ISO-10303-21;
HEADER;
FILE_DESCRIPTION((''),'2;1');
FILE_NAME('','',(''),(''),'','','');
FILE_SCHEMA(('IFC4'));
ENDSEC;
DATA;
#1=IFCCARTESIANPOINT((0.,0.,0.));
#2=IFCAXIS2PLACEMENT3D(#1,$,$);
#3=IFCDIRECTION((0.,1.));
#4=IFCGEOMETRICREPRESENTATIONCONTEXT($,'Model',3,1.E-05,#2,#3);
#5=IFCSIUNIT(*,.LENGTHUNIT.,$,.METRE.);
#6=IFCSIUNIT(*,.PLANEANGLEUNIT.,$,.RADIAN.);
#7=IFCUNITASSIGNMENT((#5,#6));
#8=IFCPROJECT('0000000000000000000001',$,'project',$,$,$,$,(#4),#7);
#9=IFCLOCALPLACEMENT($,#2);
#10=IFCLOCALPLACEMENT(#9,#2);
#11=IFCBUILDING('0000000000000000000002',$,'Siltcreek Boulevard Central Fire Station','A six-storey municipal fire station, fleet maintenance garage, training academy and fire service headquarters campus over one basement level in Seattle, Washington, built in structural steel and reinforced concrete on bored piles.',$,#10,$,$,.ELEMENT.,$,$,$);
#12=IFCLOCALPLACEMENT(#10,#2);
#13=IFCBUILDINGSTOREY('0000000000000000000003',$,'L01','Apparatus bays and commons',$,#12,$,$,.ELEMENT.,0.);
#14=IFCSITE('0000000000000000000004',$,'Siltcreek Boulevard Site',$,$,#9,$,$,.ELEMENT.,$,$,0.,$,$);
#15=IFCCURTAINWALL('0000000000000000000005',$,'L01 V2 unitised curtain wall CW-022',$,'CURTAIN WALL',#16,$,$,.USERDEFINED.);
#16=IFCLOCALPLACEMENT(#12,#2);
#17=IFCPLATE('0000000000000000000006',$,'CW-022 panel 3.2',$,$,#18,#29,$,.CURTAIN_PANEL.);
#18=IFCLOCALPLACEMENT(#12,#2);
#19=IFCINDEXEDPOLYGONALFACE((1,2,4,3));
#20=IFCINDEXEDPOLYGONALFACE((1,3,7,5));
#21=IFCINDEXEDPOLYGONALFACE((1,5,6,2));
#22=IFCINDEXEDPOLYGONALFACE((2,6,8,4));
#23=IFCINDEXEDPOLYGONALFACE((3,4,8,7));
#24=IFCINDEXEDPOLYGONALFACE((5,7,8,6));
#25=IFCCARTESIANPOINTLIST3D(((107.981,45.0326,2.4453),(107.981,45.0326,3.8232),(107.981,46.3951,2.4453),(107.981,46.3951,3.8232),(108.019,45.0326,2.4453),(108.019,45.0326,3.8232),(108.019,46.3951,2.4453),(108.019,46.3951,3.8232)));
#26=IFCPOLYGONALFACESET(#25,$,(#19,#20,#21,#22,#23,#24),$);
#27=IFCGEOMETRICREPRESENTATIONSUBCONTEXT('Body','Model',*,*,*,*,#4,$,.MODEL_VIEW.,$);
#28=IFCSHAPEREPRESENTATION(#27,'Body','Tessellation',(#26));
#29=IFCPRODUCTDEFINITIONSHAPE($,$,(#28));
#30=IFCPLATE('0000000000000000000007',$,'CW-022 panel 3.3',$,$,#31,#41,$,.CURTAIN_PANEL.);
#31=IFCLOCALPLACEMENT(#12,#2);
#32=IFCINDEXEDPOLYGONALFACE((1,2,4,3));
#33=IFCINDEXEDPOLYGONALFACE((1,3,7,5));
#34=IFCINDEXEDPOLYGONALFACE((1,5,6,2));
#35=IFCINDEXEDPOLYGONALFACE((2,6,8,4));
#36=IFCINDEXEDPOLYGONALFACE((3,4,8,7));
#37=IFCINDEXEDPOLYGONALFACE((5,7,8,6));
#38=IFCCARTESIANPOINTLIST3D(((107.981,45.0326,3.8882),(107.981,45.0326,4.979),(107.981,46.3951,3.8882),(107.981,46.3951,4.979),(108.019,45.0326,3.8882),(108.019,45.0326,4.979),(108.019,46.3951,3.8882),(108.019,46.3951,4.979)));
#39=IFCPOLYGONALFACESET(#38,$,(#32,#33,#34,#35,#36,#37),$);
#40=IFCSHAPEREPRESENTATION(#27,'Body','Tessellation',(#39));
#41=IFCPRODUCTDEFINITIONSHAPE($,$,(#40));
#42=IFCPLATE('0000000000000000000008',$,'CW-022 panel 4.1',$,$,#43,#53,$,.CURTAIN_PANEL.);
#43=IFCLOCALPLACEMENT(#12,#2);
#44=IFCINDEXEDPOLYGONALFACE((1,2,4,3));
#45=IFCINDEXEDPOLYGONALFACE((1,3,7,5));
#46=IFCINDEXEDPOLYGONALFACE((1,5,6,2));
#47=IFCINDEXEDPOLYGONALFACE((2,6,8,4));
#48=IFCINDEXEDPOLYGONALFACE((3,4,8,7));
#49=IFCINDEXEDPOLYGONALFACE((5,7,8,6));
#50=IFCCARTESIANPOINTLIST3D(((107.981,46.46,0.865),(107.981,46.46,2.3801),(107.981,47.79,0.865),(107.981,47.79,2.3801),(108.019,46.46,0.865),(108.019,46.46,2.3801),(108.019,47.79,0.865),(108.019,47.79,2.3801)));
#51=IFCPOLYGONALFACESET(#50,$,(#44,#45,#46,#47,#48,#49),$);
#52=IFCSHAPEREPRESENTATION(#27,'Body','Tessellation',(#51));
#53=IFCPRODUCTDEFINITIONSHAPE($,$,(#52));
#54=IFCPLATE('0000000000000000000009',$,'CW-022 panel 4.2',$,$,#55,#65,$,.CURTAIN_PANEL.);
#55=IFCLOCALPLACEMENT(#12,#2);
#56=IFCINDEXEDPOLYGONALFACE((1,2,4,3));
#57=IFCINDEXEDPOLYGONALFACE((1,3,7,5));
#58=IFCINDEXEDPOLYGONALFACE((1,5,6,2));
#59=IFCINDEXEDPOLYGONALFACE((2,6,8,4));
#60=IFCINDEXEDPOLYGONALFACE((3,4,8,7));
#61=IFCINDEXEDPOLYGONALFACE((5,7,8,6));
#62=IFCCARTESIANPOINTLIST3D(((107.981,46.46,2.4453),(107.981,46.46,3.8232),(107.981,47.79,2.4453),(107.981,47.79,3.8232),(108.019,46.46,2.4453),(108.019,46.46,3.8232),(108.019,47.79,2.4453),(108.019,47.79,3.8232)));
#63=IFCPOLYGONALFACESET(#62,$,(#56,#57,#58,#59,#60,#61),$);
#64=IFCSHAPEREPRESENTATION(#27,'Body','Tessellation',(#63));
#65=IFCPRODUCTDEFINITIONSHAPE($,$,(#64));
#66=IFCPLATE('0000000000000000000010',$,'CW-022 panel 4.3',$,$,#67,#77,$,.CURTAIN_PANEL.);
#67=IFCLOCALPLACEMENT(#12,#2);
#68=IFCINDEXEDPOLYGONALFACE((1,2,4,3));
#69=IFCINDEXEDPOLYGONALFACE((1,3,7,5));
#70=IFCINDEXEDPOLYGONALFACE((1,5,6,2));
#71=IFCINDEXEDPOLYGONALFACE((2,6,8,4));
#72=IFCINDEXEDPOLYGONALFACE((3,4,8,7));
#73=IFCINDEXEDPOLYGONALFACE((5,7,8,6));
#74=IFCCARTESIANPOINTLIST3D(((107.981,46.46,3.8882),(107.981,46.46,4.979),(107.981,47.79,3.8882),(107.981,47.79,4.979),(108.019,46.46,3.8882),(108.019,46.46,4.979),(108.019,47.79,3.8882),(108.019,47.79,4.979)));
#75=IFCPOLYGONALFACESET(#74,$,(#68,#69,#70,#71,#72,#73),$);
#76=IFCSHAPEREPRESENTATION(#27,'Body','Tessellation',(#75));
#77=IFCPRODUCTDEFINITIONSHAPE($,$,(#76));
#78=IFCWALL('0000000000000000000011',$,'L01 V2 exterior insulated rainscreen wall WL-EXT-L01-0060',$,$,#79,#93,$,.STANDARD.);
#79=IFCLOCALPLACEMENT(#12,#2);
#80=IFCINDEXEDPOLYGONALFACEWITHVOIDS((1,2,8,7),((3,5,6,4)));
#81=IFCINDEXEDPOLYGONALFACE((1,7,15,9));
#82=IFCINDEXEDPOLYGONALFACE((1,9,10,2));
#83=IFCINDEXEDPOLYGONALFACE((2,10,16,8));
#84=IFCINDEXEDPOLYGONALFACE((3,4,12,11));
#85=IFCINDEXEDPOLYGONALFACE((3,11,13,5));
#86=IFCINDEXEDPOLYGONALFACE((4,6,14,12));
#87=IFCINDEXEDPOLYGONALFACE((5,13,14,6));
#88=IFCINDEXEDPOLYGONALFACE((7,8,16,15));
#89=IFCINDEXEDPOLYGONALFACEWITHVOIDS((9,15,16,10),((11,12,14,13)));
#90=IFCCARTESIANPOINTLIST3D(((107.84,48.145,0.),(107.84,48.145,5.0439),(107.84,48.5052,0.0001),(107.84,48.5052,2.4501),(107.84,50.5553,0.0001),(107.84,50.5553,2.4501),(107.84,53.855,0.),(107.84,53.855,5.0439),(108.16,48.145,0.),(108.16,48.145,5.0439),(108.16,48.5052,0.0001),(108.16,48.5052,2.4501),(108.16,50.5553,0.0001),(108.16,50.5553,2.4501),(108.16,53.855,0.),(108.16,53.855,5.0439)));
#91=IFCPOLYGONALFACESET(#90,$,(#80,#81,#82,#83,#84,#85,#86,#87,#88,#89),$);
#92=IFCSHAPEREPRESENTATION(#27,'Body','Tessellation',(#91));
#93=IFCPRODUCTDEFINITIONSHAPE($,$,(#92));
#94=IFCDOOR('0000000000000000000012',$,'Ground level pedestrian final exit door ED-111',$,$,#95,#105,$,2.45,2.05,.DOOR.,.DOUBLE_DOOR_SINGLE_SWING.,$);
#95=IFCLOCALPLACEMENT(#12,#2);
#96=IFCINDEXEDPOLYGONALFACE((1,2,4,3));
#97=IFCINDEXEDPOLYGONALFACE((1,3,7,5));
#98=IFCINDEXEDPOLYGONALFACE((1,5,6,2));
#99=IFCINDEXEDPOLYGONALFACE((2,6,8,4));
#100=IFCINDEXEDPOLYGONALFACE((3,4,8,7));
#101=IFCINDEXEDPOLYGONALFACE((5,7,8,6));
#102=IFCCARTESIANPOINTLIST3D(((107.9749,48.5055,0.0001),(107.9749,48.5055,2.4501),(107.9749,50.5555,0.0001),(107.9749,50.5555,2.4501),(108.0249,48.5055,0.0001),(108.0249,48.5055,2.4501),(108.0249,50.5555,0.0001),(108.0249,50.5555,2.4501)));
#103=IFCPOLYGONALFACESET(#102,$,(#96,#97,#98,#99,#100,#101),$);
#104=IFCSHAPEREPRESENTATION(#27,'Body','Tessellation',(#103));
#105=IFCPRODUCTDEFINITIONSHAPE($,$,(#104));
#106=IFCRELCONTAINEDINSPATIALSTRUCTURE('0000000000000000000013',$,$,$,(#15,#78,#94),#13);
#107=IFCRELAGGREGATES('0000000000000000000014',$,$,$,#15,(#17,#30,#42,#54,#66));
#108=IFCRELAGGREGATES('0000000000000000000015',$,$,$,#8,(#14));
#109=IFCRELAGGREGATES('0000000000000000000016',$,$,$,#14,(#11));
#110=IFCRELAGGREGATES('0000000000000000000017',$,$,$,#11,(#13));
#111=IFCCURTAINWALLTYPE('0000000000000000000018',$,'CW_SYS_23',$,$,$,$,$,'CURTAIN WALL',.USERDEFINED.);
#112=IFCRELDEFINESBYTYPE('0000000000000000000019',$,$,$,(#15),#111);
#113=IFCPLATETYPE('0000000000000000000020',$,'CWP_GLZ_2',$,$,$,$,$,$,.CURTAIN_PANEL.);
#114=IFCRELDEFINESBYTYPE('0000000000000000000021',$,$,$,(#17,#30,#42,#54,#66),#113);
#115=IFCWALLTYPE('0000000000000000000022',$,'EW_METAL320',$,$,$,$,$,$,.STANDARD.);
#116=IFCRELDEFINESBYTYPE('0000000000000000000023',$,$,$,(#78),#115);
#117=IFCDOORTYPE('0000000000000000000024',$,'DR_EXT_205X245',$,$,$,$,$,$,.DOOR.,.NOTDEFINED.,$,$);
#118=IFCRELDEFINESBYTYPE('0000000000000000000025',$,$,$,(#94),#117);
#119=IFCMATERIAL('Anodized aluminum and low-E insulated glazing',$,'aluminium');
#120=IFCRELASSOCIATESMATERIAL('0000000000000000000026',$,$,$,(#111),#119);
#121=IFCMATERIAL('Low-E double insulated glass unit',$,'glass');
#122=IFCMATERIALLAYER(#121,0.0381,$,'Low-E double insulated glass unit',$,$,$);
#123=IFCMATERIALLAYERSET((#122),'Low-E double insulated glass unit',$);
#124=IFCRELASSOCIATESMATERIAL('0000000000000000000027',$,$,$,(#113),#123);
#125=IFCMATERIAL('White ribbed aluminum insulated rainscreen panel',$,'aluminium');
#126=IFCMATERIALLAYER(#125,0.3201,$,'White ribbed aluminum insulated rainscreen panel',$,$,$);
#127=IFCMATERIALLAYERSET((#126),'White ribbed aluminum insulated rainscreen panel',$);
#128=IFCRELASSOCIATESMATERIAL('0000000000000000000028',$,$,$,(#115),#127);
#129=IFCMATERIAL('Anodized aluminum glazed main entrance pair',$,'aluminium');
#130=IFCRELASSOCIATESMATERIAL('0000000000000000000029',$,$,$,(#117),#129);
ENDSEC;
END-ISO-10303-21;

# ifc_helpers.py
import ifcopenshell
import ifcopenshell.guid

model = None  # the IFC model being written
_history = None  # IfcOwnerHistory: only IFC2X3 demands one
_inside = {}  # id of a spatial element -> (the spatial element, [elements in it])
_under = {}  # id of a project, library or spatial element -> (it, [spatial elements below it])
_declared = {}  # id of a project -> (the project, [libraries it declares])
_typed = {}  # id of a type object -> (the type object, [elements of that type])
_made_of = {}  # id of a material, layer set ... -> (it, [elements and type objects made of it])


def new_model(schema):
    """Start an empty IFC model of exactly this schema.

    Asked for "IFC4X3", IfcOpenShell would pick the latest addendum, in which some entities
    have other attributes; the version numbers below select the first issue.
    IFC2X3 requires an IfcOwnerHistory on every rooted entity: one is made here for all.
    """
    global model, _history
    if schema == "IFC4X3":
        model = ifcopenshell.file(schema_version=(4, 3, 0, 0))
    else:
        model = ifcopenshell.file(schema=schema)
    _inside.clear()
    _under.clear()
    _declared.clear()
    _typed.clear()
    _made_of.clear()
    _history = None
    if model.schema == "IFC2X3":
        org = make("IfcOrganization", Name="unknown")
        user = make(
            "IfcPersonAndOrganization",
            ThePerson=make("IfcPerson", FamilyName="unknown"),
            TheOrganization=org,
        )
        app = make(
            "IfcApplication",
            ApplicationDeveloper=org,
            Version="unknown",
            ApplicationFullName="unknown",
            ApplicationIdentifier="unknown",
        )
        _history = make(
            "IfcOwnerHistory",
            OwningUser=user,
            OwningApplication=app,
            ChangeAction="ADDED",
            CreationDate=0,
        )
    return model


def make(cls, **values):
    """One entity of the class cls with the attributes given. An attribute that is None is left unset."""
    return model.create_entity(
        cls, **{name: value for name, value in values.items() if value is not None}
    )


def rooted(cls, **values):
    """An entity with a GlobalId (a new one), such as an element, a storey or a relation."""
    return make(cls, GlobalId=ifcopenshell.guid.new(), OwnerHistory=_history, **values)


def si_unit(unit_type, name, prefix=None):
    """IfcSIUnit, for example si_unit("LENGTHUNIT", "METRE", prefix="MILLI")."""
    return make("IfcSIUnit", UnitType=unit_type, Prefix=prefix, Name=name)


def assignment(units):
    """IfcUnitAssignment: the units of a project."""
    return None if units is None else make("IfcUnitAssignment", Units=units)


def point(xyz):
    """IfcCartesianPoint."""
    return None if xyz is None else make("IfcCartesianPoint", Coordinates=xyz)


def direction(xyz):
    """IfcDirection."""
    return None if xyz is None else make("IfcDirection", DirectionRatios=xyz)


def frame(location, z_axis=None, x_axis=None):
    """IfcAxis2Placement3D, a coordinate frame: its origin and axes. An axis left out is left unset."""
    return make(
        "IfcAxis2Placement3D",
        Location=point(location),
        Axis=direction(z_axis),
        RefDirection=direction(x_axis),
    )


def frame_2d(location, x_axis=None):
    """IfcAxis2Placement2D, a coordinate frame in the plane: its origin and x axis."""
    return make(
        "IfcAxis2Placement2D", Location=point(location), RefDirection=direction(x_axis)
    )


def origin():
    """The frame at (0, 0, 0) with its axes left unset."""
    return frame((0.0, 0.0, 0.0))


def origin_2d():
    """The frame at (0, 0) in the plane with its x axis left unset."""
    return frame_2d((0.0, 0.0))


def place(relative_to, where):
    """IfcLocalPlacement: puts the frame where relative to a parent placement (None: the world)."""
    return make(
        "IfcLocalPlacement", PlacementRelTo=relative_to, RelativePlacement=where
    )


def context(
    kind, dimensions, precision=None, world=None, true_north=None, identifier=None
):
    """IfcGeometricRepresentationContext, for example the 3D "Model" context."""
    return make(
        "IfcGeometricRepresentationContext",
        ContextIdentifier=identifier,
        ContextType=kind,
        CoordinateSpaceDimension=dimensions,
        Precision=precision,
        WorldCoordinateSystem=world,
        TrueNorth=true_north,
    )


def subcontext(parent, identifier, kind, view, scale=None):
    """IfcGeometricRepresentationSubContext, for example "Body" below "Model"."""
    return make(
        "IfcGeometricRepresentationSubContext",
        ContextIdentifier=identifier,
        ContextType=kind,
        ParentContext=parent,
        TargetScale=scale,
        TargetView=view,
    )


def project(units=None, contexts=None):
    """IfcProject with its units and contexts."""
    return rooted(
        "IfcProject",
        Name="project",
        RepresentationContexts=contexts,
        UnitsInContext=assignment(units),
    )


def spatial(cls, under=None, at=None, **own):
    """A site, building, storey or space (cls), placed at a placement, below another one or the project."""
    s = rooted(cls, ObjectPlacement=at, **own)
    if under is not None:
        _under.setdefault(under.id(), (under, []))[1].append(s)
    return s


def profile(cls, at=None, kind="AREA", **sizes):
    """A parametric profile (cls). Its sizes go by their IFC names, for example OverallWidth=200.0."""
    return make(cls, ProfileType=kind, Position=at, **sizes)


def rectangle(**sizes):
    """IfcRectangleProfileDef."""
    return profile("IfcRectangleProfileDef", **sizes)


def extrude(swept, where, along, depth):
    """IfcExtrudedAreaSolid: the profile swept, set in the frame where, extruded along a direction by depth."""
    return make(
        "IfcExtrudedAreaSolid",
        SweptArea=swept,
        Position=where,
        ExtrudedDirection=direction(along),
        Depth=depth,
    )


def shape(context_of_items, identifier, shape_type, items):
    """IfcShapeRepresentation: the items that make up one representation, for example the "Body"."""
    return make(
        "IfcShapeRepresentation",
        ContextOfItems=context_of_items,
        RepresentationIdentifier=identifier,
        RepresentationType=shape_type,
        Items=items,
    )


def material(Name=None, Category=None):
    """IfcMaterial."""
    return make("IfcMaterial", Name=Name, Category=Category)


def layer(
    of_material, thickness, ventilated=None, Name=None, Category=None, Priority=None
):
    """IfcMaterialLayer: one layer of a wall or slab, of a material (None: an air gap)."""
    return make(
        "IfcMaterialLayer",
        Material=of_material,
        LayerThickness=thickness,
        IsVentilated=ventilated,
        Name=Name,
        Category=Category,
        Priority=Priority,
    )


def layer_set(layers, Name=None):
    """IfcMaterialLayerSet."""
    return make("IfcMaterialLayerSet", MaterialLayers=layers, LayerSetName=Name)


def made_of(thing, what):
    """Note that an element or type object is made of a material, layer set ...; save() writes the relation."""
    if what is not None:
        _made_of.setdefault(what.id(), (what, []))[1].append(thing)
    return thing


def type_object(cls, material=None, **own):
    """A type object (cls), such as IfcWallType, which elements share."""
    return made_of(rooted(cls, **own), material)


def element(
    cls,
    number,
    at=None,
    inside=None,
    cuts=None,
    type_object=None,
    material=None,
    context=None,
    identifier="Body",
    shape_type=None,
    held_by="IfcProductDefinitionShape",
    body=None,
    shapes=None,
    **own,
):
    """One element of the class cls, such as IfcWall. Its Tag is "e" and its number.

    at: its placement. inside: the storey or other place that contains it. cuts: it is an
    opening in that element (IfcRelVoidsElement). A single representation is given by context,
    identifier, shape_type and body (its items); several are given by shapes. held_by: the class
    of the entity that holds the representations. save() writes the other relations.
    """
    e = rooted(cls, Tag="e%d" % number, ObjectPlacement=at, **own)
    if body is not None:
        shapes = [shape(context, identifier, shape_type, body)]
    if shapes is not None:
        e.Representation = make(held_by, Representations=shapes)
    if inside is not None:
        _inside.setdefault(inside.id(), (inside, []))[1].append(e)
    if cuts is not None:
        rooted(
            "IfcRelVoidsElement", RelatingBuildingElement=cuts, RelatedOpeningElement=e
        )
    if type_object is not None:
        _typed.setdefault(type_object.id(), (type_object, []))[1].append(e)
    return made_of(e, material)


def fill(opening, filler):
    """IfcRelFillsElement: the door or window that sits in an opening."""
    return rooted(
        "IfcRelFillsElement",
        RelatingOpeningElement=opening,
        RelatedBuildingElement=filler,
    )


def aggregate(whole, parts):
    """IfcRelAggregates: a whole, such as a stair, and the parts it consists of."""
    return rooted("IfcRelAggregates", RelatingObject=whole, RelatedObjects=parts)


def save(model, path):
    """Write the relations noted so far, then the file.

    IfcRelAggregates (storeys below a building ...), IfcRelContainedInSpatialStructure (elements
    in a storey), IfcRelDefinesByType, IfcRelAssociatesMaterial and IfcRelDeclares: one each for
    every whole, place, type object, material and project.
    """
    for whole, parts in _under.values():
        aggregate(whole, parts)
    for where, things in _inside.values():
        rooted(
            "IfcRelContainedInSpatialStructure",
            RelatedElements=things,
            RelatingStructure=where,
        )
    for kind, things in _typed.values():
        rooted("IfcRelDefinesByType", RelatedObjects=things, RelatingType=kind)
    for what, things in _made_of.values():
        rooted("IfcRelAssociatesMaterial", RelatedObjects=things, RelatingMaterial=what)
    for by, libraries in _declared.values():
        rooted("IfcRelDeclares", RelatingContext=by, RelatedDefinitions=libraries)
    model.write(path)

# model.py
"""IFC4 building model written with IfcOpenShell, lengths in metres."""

from ifc_helpers import new_model, si_unit, direction, frame, frame_2d, origin, origin_2d, place, context, subcontext, project, spatial, rectangle, extrude, material, layer, layer_set, type_object, element, fill, aggregate, save


model = new_model("IFC4")

# Units and contexts
model_context = context("Model", 3, precision=1e-05, world=origin(), true_north=direction((0.0, 1.0)))
body_context = subcontext(model_context, "Body", "Model", "MODEL_VIEW")
ifc_project = project(units=[si_unit("LENGTHUNIT", "METRE"), si_unit("PLANEANGLEUNIT", "RADIAN")], contexts=[model_context])

# Site, building, storey
site_placement = place(None, origin())
site = spatial("IfcSite", under=ifc_project, at=site_placement, Name="Siltcreek Boulevard Site", CompositionType="ELEMENT", RefElevation=0.0)
building_placement = place(site_placement, origin())
building = spatial("IfcBuilding", under=site, at=building_placement, Name="Siltcreek Boulevard Central Fire Station", Description="A six-storey municipal fire station, fleet maintenance garage, training academy and fire service headquarters campus over one basement level in Seattle, Washington, built in structural steel and reinforced concrete on bored piles.", CompositionType="ELEMENT")
storey_placement = place(building_placement, origin())
storey = spatial("IfcBuildingStorey", under=building, at=storey_placement, Name="L01", Description="Apparatus bays and commons", CompositionType="ELEMENT", Elevation=0.0)

# Curtain wall
ifc_material_1 = material(Name="Anodized aluminum and low-E insulated glazing", Category="aluminium")
curtain_wall_type = type_object("IfcCurtainWallType", Name="CW_SYS_23", ElementType="CURTAIN WALL", PredefinedType="USERDEFINED", material=ifc_material_1)
curtain_wall_placement = place(storey_placement, origin())
curtain_wall = element("IfcCurtainWall", 1, at=curtain_wall_placement, inside=storey, type_object=curtain_wall_type, Name="L01 V2 unitised curtain wall CW-022", ObjectType="CURTAIN WALL", PredefinedType="USERDEFINED")

# Plates
ifc_material_2 = material(Name="Low-E double insulated glass unit", Category="glass")
ifc_layer_1 = layer(ifc_material_2, 0.0381, Name="Low-E double insulated glass unit")
ifc_layer_set_1 = layer_set([ifc_layer_1], Name="Low-E double insulated glass unit")
plate_type = type_object("IfcPlateType", Name="CWP_GLZ_2", PredefinedType="CURTAIN_PANEL", material=ifc_layer_set_1)
plate_1_placement = place(storey_placement, frame((108.0, 45.7139, 2.4453), z_axis=(0.0, 0.0, 1.0), x_axis=(0.0, 1.0, 0.0)))
plate_1 = element("IfcPlate", 2, at=plate_1_placement, type_object=plate_type, Name="CW-022 panel 3.2", PredefinedType="CURTAIN_PANEL", context=body_context, shape_type="SweptSolid", body=[
    extrude(rectangle(XDim=1.3625, YDim=0.0381, at=origin_2d()), origin(), (0.0, 0.0, 1.0), 1.3779),
])
plate_2_placement = place(storey_placement, frame((108.0, 45.7139, 3.8882), z_axis=(0.0, 0.0, 1.0), x_axis=(0.0, 1.0, 0.0)))
plate_2 = element("IfcPlate", 3, at=plate_2_placement, type_object=plate_type, Name="CW-022 panel 3.3", PredefinedType="CURTAIN_PANEL", context=body_context, shape_type="SweptSolid", body=[
    extrude(rectangle(XDim=1.3625, YDim=0.0381, at=origin_2d()), origin(), (0.0, 0.0, 1.0), 1.0908),
])
plate_3_placement = place(storey_placement, frame((108.0, 47.125, 0.865), z_axis=(0.0, 0.0, 1.0), x_axis=(0.0, 1.0, 0.0)))
plate_3 = element("IfcPlate", 4, at=plate_3_placement, type_object=plate_type, Name="CW-022 panel 4.1", PredefinedType="CURTAIN_PANEL", context=body_context, shape_type="SweptSolid", body=[
    extrude(rectangle(XDim=1.3301, YDim=0.0381, at=origin_2d()), origin(), (0.0, 0.0, 1.0), 1.5151),
])
plate_4_placement = place(storey_placement, frame((108.0, 47.125, 2.4453), z_axis=(0.0, 0.0, 1.0), x_axis=(0.0, 1.0, 0.0)))
plate_4 = element("IfcPlate", 5, at=plate_4_placement, type_object=plate_type, Name="CW-022 panel 4.2", PredefinedType="CURTAIN_PANEL", context=body_context, shape_type="SweptSolid", body=[
    extrude(rectangle(XDim=1.3301, YDim=0.0381, at=origin_2d()), origin(), (0.0, 0.0, 1.0), 1.3779),
])
plate_5_placement = place(storey_placement, frame((108.0, 47.125, 3.8882), z_axis=(0.0, 0.0, 1.0), x_axis=(0.0, 1.0, 0.0)))
plate_5 = element("IfcPlate", 6, at=plate_5_placement, type_object=plate_type, Name="CW-022 panel 4.3", PredefinedType="CURTAIN_PANEL", context=body_context, shape_type="SweptSolid", body=[
    extrude(rectangle(XDim=1.3301, YDim=0.0381, at=origin_2d()), origin(), (0.0, 0.0, 1.0), 1.0908),
])
aggregate(curtain_wall, [plate_1, plate_2, plate_3, plate_4, plate_5])

# Wall, opening, door
ifc_material_3 = material(Name="White ribbed aluminum insulated rainscreen panel", Category="aluminium")
ifc_layer_2 = layer(ifc_material_3, 0.3201, Name="White ribbed aluminum insulated rainscreen panel")
ifc_layer_set_2 = layer_set([ifc_layer_2], Name="White ribbed aluminum insulated rainscreen panel")
wall_type = type_object("IfcWallType", Name="EW_METAL320", PredefinedType="STANDARD", material=ifc_layer_set_2)
wall_placement = place(storey_placement, frame((108.0, 48.145, 0.0), z_axis=(0.0, 0.0, 1.0), x_axis=(0.0, 1.0, 0.0)))
wall = element("IfcWall", 7, at=wall_placement, inside=storey, type_object=wall_type, Name="L01 V2 exterior insulated rainscreen wall WL-EXT-L01-0060", PredefinedType="STANDARD", context=body_context, shape_type="SweptSolid", body=[
    extrude(rectangle(XDim=5.71, YDim=0.3201, at=frame_2d((2.855, 0.0))), origin(), (0.0, 0.0, 1.0), 5.0439),
])
opening_placement = place(wall_placement, frame((0.3604, 0.0, 0.0)))
opening = element("IfcOpeningElement", 8, at=opening_placement, cuts=wall, PredefinedType="OPENING", context=body_context, shape_type="SweptSolid", body=[
    extrude(rectangle(XDim=2.05, YDim=2.45, at=frame_2d((1.0249, 1.2251))), frame((0.0, 0.1699, 0.0), z_axis=(0.0, -1.0, 0.0), x_axis=(1.0, 0.0, 0.0)), (0.0, 0.0, 1.0), 0.3401),
])
ifc_material_4 = material(Name="Anodized aluminum glazed main entrance pair", Category="aluminium")
door_type = type_object("IfcDoorType", Name="DR_EXT_205X245", OperationType="NOTDEFINED", PredefinedType="DOOR", material=ifc_material_4)
door_placement = place(opening_placement, frame((2.05, 0.0, 0.0), z_axis=(0.0, 0.0, 1.0), x_axis=(-1.0, 0.0, 0.0)))
door = element("IfcDoor", 9, at=door_placement, inside=storey, type_object=door_type, Name="Ground level pedestrian final exit door ED-111", OperationType="DOUBLE_DOOR_SINGLE_SWING", OverallHeight=2.45, OverallWidth=2.05, PredefinedType="DOOR", context=body_context, shape_type="SweptSolid", body=[
    extrude(rectangle(XDim=2.05, YDim=2.45, at=frame_2d((1.0249, 1.2251))), frame((0.0, 0.0249, 0.0), z_axis=(0.0, -1.0, 0.0), x_axis=(1.0, 0.0, 0.0)), (0.0, 0.0, 1.0), 0.05),
])
fill(opening, door)

save(model, "model.ifc")
